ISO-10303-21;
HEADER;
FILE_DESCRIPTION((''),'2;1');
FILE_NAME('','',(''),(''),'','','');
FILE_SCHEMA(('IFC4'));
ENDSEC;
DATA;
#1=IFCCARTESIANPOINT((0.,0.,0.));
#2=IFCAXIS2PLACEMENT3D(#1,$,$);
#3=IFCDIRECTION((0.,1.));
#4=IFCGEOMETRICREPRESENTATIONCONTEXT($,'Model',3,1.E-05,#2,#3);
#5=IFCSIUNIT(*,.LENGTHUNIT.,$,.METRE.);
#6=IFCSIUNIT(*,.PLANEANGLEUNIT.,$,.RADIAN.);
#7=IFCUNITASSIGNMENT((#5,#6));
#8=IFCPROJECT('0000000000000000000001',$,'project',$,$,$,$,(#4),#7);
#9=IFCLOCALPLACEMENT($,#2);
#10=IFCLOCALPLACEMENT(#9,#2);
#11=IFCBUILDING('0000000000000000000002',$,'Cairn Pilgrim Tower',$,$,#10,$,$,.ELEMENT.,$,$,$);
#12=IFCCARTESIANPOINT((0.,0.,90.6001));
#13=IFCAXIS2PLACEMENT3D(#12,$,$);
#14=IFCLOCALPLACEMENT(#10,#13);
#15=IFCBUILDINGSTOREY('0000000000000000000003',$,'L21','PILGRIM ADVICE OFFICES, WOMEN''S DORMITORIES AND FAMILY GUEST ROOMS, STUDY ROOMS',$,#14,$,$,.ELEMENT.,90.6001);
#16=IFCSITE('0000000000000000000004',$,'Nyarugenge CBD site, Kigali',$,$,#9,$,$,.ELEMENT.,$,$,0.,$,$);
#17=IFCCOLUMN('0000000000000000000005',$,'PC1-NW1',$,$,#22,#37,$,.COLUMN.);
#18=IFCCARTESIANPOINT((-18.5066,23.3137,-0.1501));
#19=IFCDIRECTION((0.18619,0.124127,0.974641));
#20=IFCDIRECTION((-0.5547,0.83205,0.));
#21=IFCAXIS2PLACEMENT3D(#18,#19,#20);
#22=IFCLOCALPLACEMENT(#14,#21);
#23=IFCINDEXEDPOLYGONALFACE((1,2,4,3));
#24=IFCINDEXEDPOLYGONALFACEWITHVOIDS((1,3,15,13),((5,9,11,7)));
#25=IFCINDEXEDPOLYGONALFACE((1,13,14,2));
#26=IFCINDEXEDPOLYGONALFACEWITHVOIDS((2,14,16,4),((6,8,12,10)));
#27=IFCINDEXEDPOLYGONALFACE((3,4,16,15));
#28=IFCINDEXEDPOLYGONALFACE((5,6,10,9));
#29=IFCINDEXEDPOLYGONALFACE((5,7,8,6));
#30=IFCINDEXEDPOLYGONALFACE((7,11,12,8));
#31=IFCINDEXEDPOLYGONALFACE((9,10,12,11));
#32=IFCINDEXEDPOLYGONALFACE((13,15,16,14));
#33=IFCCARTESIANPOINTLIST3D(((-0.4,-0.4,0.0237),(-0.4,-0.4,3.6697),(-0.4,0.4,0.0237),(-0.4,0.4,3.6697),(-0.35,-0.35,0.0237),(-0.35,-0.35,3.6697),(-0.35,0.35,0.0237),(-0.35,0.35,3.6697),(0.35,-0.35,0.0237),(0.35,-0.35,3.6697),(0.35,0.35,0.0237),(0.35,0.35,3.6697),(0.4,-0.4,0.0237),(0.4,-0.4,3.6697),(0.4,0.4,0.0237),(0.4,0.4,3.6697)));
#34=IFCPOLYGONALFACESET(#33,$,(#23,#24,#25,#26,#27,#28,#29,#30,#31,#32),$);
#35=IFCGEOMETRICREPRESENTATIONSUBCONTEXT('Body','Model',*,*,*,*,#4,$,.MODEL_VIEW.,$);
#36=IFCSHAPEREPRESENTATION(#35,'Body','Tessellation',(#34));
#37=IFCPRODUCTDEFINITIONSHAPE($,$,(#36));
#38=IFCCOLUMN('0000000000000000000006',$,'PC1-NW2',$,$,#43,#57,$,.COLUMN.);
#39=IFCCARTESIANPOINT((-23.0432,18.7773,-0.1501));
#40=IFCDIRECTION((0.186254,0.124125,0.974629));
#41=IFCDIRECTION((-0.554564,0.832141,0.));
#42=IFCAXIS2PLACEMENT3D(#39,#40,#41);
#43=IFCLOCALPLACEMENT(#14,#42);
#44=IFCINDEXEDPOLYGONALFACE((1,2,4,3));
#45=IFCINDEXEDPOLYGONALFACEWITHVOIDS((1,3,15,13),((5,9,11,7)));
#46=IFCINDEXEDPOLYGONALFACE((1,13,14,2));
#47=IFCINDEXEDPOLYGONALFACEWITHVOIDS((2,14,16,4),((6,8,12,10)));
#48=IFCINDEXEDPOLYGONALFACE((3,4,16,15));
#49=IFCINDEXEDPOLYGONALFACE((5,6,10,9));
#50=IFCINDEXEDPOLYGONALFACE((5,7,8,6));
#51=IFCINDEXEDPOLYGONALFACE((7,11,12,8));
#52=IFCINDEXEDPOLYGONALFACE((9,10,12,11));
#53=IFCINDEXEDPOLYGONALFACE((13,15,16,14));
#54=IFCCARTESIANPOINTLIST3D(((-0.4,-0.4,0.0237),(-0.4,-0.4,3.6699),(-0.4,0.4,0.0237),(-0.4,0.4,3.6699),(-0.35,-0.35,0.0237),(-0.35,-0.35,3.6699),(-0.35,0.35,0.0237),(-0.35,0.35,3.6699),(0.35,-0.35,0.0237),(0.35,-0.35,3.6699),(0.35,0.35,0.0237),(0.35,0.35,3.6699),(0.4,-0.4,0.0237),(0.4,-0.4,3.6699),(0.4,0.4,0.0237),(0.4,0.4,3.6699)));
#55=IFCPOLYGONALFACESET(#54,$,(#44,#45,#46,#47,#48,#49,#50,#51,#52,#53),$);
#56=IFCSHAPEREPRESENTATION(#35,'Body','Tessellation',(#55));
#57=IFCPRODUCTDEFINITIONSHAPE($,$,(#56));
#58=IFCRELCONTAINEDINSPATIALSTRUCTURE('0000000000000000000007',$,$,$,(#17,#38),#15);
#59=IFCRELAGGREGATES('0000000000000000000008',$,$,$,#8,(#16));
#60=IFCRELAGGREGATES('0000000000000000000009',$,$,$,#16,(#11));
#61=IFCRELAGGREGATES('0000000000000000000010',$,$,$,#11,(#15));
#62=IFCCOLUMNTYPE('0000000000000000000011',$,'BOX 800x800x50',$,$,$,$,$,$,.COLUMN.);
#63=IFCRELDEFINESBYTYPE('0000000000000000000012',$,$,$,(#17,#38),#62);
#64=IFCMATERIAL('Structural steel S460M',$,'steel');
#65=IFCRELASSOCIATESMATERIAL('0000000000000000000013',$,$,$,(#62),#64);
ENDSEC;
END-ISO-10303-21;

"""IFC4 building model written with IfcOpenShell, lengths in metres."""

from ifc_helpers import new_model, si_unit, direction, frame, origin, origin_2d, place, context, subcontext, project, spatial, hollow_rectangle, extrude, clip, halfspace, material, material_profile, profile_set, type_object, element, save


model = new_model("IFC4")

# Units and contexts
model_context = context("Model", 3, precision=1e-05, world=origin(), true_north=direction((0.0, 1.0)))
body_context = subcontext(model_context, "Body", "Model", "MODEL_VIEW")
ifc_project = project(units=[si_unit("LENGTHUNIT", "METRE"), si_unit("PLANEANGLEUNIT", "RADIAN")], contexts=[model_context])

# Site, building, storey
site_placement = place(None, origin())
site = spatial("IfcSite", under=ifc_project, at=site_placement, Name="Nyarugenge CBD site, Kigali", CompositionType="ELEMENT", RefElevation=0.0)
building_placement = place(site_placement, origin())
building = spatial("IfcBuilding", under=site, at=building_placement, Name="Cairn Pilgrim Tower", CompositionType="ELEMENT")
storey_placement = place(building_placement, frame((0.0, 0.0, 90.6001)))
storey = spatial("IfcBuildingStorey", under=building, at=storey_placement, Name="L21", Description="PILGRIM ADVICE OFFICES, WOMEN'S DORMITORIES AND FAMILY GUEST ROOMS, STUDY ROOMS", CompositionType="ELEMENT", Elevation=90.6001)

# Columns
ifc_material_1 = material(Name="Structural steel S460M", Category="steel")
ifc_material_profile_1 = material_profile(ifc_material_1, hollow_rectangle(XDim=0.8, YDim=0.8, WallThickness=0.05, at=origin_2d()), Name="BOX 800x800x50")
ifc_profile_set_1 = profile_set([ifc_material_profile_1], Name="Structural steel S460M")
column_type = type_object("IfcColumnType", Name="BOX 800x800x50", PredefinedType="COLUMN", material=ifc_profile_set_1)
column_1_placement = place(storey_placement, frame((-18.5066, 23.3137, -0.1501), z_axis=(0.18619, 0.124127, 0.974641), x_axis=(-0.5547, 0.83205, 0.0)))
element("IfcColumn", 1, at=column_1_placement, inside=storey, type_object=column_type, Name="PC1-NW1", PredefinedType="COLUMN", context=body_context, shape_type="Clipping", body=[
    clip(clip(extrude(hollow_rectangle(XDim=0.8, YDim=0.8, WallThickness=0.05, at=origin_2d()), origin(), (0.0, 0.0, 1.0), 3.6938), halfspace(frame((0.0, 0.0, 0.0237), z_axis=(0.0, 0.0, 1.0), x_axis=(1.0, 0.0, 0.0)), True)), halfspace(frame((0.0, 0.0, 3.6697), z_axis=(0.0, 0.0, 1.0), x_axis=(1.0, 0.0, 0.0)), False)),
])
column_2_placement = place(storey_placement, frame((-23.0432, 18.7773, -0.1501), z_axis=(0.186254, 0.124125, 0.974629), x_axis=(-0.554564, 0.832141, 0.0)))
element("IfcColumn", 2, at=column_2_placement, inside=storey, type_object=column_type, Name="PC1-NW2", PredefinedType="COLUMN", context=body_context, shape_type="Clipping", body=[
    clip(clip(extrude(hollow_rectangle(XDim=0.8, YDim=0.8, WallThickness=0.05, at=origin_2d()), origin(), (0.0, 0.0, 1.0), 3.6938), halfspace(frame((0.0, 0.0, 0.0237), z_axis=(0.0, 0.0, 1.0), x_axis=(1.0, 0.0, 0.0)), True)), halfspace(frame((0.0, 0.0, 3.6699), z_axis=(0.0, 0.0, 1.0), x_axis=(1.0, 0.0, 0.0)), False)),
])

save(model, "model.ifc")
